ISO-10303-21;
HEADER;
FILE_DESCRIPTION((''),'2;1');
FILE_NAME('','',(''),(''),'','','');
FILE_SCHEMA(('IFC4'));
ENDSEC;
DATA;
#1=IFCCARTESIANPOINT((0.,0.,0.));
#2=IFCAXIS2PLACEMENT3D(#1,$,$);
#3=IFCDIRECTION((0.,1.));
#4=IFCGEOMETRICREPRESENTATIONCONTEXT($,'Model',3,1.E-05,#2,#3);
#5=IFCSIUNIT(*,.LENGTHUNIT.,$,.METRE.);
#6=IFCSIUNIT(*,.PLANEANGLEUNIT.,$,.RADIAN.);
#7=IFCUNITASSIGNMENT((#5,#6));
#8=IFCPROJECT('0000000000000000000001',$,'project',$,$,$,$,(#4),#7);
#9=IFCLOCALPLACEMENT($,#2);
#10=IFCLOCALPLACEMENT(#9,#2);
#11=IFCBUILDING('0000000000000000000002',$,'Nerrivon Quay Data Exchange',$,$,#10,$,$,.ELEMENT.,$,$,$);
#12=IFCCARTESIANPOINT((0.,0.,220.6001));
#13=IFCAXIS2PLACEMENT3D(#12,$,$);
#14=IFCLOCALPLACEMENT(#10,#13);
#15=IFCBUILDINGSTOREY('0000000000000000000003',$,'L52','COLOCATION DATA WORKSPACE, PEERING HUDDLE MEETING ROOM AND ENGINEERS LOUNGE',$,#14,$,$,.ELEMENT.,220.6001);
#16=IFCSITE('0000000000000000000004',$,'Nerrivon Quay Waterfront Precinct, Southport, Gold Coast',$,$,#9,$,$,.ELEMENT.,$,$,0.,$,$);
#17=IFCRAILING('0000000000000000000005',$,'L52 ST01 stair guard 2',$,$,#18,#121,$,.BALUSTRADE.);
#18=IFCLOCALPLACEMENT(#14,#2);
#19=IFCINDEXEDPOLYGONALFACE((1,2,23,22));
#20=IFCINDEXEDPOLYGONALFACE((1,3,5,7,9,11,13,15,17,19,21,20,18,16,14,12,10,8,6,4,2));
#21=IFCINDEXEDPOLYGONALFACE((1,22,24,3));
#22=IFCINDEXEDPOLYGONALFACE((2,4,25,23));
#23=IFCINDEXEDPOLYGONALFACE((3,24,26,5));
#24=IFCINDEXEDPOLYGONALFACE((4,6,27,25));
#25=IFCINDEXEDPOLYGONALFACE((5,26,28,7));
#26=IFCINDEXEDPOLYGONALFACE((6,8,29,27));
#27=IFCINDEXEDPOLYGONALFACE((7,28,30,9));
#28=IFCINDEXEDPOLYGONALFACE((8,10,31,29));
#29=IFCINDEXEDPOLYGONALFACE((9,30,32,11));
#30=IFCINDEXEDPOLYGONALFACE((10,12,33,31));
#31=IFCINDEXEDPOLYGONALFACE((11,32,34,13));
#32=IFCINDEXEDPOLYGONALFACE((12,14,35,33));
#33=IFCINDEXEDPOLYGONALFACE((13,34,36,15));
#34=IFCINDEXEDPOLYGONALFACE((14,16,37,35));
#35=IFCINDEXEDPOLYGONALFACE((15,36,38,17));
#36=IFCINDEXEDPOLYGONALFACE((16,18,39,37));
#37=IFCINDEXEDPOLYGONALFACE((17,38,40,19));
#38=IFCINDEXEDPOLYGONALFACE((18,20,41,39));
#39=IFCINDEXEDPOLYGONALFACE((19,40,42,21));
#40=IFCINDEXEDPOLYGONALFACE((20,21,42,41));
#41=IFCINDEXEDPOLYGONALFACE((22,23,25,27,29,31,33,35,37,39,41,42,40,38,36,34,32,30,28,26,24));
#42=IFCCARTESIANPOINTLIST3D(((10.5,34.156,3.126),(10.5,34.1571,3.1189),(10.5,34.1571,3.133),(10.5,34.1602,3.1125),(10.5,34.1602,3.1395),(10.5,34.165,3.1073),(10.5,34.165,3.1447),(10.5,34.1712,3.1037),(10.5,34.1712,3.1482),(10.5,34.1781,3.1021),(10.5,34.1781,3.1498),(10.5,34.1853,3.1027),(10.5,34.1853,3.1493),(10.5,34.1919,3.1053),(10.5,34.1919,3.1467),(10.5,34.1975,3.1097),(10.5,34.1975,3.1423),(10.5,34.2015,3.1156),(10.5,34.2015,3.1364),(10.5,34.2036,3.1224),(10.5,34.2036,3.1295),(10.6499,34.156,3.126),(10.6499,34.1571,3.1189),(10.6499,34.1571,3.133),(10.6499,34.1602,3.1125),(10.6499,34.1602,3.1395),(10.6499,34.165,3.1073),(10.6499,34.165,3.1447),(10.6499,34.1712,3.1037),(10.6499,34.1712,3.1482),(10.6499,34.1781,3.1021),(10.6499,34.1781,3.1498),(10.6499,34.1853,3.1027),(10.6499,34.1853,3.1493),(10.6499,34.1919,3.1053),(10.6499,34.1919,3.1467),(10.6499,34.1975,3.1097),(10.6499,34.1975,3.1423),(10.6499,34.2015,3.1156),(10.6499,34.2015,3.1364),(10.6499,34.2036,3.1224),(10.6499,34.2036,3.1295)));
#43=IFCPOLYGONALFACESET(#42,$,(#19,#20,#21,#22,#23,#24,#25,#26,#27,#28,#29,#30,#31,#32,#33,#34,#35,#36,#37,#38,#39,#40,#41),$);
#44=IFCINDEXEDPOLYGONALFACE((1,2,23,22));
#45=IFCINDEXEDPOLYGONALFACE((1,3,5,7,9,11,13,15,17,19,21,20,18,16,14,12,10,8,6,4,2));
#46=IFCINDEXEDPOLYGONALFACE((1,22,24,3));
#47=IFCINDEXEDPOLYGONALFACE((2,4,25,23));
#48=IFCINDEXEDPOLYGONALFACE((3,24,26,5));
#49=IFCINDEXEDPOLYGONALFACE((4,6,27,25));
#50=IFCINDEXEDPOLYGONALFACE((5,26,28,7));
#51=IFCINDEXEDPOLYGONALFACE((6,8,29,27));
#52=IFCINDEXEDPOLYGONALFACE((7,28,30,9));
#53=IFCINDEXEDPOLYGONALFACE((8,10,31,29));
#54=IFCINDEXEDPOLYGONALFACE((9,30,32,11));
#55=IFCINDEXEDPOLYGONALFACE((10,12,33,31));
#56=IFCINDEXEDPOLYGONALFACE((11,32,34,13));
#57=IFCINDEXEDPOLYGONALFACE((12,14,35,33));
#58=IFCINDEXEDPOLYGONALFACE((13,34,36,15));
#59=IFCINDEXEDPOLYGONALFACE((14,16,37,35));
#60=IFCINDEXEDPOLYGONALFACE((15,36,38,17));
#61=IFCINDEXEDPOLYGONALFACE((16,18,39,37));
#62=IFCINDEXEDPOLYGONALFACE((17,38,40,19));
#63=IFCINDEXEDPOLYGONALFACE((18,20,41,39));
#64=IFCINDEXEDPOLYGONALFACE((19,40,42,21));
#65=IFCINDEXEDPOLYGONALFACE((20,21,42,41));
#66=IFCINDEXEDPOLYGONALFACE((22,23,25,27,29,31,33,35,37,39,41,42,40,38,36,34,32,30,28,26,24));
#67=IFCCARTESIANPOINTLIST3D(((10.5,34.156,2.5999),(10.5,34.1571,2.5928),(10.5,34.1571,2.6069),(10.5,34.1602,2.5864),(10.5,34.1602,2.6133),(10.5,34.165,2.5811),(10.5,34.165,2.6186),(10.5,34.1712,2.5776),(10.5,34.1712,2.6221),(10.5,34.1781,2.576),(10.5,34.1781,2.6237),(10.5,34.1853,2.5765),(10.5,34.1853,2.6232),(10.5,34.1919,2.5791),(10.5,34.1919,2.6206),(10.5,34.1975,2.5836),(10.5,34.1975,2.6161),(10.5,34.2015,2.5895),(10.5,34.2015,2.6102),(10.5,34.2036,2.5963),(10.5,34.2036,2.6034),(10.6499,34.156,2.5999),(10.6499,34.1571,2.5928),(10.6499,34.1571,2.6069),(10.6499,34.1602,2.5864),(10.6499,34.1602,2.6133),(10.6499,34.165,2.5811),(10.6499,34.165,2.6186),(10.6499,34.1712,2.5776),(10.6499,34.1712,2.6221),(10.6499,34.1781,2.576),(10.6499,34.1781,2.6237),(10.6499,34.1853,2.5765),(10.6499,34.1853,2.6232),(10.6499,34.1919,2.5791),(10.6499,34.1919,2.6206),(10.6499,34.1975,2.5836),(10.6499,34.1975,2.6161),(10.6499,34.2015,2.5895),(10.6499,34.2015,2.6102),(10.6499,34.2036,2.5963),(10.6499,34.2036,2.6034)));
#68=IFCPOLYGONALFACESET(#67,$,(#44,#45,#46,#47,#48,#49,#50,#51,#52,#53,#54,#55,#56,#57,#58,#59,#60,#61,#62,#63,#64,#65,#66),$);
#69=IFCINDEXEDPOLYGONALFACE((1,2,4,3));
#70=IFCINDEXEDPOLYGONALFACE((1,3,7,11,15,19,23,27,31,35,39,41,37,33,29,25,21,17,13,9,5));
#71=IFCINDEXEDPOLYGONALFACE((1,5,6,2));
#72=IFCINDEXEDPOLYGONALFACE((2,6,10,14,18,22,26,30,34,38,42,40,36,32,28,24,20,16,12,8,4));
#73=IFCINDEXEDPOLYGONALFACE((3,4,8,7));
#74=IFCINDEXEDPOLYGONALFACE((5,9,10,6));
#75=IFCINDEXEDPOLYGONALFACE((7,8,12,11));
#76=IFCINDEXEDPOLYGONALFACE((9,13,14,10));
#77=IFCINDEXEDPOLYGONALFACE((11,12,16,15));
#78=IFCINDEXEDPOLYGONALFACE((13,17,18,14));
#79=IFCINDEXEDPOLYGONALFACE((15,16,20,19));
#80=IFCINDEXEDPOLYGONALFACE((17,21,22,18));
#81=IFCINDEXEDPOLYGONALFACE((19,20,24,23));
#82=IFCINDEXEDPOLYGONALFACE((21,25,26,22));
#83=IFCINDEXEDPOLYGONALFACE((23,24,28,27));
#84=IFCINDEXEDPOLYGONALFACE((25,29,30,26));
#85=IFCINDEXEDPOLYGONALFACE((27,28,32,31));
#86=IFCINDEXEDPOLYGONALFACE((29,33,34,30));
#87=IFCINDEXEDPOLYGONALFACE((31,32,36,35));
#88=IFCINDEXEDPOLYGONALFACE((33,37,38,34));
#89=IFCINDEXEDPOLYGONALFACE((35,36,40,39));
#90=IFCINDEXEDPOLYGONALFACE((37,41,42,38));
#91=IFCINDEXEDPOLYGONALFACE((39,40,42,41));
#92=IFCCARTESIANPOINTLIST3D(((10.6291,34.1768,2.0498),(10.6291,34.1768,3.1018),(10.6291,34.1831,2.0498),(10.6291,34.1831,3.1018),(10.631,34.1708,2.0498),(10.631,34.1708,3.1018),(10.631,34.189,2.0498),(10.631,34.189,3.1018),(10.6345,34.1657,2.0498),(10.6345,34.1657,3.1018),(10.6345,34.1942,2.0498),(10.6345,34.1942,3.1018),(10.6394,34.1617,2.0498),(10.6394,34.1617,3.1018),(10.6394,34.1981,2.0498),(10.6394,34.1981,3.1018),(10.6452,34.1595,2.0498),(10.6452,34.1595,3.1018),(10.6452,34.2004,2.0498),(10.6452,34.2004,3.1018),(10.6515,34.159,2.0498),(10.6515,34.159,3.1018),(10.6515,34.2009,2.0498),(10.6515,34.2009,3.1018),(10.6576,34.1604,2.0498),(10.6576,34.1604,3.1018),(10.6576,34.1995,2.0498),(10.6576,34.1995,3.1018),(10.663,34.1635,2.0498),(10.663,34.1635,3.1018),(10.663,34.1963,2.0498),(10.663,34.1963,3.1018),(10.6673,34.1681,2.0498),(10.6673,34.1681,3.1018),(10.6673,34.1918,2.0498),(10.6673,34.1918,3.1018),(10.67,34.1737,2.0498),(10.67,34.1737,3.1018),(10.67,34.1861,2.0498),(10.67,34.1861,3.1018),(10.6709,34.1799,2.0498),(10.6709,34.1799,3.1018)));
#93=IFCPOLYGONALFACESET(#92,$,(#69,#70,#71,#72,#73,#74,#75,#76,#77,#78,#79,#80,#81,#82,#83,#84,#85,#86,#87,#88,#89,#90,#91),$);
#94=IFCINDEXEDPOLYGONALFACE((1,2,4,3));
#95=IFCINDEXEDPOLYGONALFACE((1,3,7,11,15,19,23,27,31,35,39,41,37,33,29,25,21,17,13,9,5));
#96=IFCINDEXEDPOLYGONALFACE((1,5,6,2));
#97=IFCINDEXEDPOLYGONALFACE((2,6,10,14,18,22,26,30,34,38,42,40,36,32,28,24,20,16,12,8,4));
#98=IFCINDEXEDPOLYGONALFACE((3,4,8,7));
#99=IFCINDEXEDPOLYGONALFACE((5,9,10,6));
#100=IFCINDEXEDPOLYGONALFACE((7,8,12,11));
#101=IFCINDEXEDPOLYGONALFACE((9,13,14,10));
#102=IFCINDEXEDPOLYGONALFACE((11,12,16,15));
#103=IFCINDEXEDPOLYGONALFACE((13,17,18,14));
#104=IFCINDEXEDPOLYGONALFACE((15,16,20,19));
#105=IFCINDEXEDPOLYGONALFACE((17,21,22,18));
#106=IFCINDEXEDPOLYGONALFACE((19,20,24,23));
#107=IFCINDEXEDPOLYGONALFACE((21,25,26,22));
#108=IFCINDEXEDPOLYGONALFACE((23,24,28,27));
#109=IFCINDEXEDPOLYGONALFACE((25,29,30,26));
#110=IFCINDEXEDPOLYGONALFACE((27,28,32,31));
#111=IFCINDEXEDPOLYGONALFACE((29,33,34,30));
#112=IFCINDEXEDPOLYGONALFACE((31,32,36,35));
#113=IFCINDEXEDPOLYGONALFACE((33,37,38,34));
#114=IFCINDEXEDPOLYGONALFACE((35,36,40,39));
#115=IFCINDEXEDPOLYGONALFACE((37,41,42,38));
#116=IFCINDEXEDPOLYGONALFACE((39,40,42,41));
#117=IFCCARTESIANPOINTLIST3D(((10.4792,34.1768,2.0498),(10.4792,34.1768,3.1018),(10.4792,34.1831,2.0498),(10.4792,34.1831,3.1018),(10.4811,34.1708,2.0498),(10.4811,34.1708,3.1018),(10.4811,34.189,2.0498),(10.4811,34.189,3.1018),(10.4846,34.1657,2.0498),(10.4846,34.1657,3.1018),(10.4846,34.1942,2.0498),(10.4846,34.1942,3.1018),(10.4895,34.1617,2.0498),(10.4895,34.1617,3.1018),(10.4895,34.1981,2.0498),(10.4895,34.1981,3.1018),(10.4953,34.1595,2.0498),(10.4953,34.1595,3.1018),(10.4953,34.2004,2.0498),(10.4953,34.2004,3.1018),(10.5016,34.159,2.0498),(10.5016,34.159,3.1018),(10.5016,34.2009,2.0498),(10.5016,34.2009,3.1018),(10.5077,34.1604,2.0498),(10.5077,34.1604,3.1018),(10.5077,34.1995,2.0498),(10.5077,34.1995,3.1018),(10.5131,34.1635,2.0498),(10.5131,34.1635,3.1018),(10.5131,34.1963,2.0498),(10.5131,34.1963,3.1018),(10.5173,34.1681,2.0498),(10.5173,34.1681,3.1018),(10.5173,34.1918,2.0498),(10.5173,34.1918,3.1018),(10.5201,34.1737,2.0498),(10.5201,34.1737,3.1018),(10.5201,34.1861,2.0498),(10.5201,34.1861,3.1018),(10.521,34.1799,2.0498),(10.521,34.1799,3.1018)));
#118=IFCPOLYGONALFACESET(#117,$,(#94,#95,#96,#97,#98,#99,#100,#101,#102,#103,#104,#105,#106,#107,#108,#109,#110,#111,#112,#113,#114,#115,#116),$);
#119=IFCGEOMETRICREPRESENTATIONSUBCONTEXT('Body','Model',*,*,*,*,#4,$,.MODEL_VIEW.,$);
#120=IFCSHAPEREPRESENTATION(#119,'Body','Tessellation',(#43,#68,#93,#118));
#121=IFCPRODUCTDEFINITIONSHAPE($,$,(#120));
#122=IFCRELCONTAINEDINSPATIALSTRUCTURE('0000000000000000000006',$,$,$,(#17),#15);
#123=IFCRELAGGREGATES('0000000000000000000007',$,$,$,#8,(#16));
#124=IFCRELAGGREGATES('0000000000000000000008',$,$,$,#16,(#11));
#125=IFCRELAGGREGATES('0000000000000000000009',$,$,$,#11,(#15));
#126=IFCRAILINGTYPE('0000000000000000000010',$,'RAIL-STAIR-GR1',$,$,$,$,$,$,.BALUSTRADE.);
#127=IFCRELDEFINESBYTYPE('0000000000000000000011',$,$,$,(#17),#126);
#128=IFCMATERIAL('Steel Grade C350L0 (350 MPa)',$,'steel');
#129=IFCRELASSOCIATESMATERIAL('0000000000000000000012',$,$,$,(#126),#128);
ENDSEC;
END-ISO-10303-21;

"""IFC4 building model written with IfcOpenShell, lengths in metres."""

from ifc_helpers import new_model, si_unit, direction, frame, origin, origin_2d, place, context, subcontext, project, spatial, circle, extrude, material, type_object, element, save


model = new_model("IFC4")

# Units and contexts
model_context = context("Model", 3, precision=1e-05, world=origin(), true_north=direction((0.0, 1.0)))
body_context = subcontext(model_context, "Body", "Model", "MODEL_VIEW")
ifc_project = project(units=[si_unit("LENGTHUNIT", "METRE"), si_unit("PLANEANGLEUNIT", "RADIAN")], contexts=[model_context])

# Site, building, storey
site_placement = place(None, origin())
site = spatial("IfcSite", under=ifc_project, at=site_placement, Name="Nerrivon Quay Waterfront Precinct, Southport, Gold Coast", CompositionType="ELEMENT", RefElevation=0.0)
building_placement = place(site_placement, origin())
building = spatial("IfcBuilding", under=site, at=building_placement, Name="Nerrivon Quay Data Exchange", CompositionType="ELEMENT")
storey_placement = place(building_placement, frame((0.0, 0.0, 220.6001)))
storey = spatial("IfcBuildingStorey", under=building, at=storey_placement, Name="L52", Description="COLOCATION DATA WORKSPACE, PEERING HUDDLE MEETING ROOM AND ENGINEERS LOUNGE", CompositionType="ELEMENT", Elevation=220.6001)

# Shared definitions
ifc_material_1 = material(Name="Steel Grade C350L0 (350 MPa)", Category="steel")

# Railing
railing_type_1 = type_object("IfcRailingType", Name="RAIL-STAIR-GR1", PredefinedType="BALUSTRADE", material=ifc_material_1)
railing_1_placement = place(storey_placement, frame((10.6499, 34.1799, 2.0498)))
element("IfcRailing", 1, at=railing_1_placement, inside=storey, type_object=railing_type_1, Name="L52 ST01 stair guard 2", PredefinedType="BALUSTRADE", context=body_context, shape_type="SweptSolid", body=[
    extrude(circle(Radius=0.0239, at=origin_2d()), frame((0.0, 0.0, 1.0762), z_axis=(-1.0, 0.0, 0.0), x_axis=(0.0, -1.0, 0.0)), (0.0, 0.0, 1.0), 0.1499),
    extrude(circle(Radius=0.0239, at=origin_2d()), frame((0.0, 0.0, 0.55), z_axis=(-1.0, 0.0, 0.0), x_axis=(0.0, -1.0, 0.0)), (0.0, 0.0, 1.0), 0.1499),
    extrude(circle(Radius=0.021, at=origin_2d()), origin(), (0.0, 0.0, 1.0), 1.052),
    extrude(circle(Radius=0.021, at=origin_2d()), frame((-0.1499, 0.0, 0.0)), (0.0, 0.0, 1.0), 1.052),
])

save(model, "model.ifc")
